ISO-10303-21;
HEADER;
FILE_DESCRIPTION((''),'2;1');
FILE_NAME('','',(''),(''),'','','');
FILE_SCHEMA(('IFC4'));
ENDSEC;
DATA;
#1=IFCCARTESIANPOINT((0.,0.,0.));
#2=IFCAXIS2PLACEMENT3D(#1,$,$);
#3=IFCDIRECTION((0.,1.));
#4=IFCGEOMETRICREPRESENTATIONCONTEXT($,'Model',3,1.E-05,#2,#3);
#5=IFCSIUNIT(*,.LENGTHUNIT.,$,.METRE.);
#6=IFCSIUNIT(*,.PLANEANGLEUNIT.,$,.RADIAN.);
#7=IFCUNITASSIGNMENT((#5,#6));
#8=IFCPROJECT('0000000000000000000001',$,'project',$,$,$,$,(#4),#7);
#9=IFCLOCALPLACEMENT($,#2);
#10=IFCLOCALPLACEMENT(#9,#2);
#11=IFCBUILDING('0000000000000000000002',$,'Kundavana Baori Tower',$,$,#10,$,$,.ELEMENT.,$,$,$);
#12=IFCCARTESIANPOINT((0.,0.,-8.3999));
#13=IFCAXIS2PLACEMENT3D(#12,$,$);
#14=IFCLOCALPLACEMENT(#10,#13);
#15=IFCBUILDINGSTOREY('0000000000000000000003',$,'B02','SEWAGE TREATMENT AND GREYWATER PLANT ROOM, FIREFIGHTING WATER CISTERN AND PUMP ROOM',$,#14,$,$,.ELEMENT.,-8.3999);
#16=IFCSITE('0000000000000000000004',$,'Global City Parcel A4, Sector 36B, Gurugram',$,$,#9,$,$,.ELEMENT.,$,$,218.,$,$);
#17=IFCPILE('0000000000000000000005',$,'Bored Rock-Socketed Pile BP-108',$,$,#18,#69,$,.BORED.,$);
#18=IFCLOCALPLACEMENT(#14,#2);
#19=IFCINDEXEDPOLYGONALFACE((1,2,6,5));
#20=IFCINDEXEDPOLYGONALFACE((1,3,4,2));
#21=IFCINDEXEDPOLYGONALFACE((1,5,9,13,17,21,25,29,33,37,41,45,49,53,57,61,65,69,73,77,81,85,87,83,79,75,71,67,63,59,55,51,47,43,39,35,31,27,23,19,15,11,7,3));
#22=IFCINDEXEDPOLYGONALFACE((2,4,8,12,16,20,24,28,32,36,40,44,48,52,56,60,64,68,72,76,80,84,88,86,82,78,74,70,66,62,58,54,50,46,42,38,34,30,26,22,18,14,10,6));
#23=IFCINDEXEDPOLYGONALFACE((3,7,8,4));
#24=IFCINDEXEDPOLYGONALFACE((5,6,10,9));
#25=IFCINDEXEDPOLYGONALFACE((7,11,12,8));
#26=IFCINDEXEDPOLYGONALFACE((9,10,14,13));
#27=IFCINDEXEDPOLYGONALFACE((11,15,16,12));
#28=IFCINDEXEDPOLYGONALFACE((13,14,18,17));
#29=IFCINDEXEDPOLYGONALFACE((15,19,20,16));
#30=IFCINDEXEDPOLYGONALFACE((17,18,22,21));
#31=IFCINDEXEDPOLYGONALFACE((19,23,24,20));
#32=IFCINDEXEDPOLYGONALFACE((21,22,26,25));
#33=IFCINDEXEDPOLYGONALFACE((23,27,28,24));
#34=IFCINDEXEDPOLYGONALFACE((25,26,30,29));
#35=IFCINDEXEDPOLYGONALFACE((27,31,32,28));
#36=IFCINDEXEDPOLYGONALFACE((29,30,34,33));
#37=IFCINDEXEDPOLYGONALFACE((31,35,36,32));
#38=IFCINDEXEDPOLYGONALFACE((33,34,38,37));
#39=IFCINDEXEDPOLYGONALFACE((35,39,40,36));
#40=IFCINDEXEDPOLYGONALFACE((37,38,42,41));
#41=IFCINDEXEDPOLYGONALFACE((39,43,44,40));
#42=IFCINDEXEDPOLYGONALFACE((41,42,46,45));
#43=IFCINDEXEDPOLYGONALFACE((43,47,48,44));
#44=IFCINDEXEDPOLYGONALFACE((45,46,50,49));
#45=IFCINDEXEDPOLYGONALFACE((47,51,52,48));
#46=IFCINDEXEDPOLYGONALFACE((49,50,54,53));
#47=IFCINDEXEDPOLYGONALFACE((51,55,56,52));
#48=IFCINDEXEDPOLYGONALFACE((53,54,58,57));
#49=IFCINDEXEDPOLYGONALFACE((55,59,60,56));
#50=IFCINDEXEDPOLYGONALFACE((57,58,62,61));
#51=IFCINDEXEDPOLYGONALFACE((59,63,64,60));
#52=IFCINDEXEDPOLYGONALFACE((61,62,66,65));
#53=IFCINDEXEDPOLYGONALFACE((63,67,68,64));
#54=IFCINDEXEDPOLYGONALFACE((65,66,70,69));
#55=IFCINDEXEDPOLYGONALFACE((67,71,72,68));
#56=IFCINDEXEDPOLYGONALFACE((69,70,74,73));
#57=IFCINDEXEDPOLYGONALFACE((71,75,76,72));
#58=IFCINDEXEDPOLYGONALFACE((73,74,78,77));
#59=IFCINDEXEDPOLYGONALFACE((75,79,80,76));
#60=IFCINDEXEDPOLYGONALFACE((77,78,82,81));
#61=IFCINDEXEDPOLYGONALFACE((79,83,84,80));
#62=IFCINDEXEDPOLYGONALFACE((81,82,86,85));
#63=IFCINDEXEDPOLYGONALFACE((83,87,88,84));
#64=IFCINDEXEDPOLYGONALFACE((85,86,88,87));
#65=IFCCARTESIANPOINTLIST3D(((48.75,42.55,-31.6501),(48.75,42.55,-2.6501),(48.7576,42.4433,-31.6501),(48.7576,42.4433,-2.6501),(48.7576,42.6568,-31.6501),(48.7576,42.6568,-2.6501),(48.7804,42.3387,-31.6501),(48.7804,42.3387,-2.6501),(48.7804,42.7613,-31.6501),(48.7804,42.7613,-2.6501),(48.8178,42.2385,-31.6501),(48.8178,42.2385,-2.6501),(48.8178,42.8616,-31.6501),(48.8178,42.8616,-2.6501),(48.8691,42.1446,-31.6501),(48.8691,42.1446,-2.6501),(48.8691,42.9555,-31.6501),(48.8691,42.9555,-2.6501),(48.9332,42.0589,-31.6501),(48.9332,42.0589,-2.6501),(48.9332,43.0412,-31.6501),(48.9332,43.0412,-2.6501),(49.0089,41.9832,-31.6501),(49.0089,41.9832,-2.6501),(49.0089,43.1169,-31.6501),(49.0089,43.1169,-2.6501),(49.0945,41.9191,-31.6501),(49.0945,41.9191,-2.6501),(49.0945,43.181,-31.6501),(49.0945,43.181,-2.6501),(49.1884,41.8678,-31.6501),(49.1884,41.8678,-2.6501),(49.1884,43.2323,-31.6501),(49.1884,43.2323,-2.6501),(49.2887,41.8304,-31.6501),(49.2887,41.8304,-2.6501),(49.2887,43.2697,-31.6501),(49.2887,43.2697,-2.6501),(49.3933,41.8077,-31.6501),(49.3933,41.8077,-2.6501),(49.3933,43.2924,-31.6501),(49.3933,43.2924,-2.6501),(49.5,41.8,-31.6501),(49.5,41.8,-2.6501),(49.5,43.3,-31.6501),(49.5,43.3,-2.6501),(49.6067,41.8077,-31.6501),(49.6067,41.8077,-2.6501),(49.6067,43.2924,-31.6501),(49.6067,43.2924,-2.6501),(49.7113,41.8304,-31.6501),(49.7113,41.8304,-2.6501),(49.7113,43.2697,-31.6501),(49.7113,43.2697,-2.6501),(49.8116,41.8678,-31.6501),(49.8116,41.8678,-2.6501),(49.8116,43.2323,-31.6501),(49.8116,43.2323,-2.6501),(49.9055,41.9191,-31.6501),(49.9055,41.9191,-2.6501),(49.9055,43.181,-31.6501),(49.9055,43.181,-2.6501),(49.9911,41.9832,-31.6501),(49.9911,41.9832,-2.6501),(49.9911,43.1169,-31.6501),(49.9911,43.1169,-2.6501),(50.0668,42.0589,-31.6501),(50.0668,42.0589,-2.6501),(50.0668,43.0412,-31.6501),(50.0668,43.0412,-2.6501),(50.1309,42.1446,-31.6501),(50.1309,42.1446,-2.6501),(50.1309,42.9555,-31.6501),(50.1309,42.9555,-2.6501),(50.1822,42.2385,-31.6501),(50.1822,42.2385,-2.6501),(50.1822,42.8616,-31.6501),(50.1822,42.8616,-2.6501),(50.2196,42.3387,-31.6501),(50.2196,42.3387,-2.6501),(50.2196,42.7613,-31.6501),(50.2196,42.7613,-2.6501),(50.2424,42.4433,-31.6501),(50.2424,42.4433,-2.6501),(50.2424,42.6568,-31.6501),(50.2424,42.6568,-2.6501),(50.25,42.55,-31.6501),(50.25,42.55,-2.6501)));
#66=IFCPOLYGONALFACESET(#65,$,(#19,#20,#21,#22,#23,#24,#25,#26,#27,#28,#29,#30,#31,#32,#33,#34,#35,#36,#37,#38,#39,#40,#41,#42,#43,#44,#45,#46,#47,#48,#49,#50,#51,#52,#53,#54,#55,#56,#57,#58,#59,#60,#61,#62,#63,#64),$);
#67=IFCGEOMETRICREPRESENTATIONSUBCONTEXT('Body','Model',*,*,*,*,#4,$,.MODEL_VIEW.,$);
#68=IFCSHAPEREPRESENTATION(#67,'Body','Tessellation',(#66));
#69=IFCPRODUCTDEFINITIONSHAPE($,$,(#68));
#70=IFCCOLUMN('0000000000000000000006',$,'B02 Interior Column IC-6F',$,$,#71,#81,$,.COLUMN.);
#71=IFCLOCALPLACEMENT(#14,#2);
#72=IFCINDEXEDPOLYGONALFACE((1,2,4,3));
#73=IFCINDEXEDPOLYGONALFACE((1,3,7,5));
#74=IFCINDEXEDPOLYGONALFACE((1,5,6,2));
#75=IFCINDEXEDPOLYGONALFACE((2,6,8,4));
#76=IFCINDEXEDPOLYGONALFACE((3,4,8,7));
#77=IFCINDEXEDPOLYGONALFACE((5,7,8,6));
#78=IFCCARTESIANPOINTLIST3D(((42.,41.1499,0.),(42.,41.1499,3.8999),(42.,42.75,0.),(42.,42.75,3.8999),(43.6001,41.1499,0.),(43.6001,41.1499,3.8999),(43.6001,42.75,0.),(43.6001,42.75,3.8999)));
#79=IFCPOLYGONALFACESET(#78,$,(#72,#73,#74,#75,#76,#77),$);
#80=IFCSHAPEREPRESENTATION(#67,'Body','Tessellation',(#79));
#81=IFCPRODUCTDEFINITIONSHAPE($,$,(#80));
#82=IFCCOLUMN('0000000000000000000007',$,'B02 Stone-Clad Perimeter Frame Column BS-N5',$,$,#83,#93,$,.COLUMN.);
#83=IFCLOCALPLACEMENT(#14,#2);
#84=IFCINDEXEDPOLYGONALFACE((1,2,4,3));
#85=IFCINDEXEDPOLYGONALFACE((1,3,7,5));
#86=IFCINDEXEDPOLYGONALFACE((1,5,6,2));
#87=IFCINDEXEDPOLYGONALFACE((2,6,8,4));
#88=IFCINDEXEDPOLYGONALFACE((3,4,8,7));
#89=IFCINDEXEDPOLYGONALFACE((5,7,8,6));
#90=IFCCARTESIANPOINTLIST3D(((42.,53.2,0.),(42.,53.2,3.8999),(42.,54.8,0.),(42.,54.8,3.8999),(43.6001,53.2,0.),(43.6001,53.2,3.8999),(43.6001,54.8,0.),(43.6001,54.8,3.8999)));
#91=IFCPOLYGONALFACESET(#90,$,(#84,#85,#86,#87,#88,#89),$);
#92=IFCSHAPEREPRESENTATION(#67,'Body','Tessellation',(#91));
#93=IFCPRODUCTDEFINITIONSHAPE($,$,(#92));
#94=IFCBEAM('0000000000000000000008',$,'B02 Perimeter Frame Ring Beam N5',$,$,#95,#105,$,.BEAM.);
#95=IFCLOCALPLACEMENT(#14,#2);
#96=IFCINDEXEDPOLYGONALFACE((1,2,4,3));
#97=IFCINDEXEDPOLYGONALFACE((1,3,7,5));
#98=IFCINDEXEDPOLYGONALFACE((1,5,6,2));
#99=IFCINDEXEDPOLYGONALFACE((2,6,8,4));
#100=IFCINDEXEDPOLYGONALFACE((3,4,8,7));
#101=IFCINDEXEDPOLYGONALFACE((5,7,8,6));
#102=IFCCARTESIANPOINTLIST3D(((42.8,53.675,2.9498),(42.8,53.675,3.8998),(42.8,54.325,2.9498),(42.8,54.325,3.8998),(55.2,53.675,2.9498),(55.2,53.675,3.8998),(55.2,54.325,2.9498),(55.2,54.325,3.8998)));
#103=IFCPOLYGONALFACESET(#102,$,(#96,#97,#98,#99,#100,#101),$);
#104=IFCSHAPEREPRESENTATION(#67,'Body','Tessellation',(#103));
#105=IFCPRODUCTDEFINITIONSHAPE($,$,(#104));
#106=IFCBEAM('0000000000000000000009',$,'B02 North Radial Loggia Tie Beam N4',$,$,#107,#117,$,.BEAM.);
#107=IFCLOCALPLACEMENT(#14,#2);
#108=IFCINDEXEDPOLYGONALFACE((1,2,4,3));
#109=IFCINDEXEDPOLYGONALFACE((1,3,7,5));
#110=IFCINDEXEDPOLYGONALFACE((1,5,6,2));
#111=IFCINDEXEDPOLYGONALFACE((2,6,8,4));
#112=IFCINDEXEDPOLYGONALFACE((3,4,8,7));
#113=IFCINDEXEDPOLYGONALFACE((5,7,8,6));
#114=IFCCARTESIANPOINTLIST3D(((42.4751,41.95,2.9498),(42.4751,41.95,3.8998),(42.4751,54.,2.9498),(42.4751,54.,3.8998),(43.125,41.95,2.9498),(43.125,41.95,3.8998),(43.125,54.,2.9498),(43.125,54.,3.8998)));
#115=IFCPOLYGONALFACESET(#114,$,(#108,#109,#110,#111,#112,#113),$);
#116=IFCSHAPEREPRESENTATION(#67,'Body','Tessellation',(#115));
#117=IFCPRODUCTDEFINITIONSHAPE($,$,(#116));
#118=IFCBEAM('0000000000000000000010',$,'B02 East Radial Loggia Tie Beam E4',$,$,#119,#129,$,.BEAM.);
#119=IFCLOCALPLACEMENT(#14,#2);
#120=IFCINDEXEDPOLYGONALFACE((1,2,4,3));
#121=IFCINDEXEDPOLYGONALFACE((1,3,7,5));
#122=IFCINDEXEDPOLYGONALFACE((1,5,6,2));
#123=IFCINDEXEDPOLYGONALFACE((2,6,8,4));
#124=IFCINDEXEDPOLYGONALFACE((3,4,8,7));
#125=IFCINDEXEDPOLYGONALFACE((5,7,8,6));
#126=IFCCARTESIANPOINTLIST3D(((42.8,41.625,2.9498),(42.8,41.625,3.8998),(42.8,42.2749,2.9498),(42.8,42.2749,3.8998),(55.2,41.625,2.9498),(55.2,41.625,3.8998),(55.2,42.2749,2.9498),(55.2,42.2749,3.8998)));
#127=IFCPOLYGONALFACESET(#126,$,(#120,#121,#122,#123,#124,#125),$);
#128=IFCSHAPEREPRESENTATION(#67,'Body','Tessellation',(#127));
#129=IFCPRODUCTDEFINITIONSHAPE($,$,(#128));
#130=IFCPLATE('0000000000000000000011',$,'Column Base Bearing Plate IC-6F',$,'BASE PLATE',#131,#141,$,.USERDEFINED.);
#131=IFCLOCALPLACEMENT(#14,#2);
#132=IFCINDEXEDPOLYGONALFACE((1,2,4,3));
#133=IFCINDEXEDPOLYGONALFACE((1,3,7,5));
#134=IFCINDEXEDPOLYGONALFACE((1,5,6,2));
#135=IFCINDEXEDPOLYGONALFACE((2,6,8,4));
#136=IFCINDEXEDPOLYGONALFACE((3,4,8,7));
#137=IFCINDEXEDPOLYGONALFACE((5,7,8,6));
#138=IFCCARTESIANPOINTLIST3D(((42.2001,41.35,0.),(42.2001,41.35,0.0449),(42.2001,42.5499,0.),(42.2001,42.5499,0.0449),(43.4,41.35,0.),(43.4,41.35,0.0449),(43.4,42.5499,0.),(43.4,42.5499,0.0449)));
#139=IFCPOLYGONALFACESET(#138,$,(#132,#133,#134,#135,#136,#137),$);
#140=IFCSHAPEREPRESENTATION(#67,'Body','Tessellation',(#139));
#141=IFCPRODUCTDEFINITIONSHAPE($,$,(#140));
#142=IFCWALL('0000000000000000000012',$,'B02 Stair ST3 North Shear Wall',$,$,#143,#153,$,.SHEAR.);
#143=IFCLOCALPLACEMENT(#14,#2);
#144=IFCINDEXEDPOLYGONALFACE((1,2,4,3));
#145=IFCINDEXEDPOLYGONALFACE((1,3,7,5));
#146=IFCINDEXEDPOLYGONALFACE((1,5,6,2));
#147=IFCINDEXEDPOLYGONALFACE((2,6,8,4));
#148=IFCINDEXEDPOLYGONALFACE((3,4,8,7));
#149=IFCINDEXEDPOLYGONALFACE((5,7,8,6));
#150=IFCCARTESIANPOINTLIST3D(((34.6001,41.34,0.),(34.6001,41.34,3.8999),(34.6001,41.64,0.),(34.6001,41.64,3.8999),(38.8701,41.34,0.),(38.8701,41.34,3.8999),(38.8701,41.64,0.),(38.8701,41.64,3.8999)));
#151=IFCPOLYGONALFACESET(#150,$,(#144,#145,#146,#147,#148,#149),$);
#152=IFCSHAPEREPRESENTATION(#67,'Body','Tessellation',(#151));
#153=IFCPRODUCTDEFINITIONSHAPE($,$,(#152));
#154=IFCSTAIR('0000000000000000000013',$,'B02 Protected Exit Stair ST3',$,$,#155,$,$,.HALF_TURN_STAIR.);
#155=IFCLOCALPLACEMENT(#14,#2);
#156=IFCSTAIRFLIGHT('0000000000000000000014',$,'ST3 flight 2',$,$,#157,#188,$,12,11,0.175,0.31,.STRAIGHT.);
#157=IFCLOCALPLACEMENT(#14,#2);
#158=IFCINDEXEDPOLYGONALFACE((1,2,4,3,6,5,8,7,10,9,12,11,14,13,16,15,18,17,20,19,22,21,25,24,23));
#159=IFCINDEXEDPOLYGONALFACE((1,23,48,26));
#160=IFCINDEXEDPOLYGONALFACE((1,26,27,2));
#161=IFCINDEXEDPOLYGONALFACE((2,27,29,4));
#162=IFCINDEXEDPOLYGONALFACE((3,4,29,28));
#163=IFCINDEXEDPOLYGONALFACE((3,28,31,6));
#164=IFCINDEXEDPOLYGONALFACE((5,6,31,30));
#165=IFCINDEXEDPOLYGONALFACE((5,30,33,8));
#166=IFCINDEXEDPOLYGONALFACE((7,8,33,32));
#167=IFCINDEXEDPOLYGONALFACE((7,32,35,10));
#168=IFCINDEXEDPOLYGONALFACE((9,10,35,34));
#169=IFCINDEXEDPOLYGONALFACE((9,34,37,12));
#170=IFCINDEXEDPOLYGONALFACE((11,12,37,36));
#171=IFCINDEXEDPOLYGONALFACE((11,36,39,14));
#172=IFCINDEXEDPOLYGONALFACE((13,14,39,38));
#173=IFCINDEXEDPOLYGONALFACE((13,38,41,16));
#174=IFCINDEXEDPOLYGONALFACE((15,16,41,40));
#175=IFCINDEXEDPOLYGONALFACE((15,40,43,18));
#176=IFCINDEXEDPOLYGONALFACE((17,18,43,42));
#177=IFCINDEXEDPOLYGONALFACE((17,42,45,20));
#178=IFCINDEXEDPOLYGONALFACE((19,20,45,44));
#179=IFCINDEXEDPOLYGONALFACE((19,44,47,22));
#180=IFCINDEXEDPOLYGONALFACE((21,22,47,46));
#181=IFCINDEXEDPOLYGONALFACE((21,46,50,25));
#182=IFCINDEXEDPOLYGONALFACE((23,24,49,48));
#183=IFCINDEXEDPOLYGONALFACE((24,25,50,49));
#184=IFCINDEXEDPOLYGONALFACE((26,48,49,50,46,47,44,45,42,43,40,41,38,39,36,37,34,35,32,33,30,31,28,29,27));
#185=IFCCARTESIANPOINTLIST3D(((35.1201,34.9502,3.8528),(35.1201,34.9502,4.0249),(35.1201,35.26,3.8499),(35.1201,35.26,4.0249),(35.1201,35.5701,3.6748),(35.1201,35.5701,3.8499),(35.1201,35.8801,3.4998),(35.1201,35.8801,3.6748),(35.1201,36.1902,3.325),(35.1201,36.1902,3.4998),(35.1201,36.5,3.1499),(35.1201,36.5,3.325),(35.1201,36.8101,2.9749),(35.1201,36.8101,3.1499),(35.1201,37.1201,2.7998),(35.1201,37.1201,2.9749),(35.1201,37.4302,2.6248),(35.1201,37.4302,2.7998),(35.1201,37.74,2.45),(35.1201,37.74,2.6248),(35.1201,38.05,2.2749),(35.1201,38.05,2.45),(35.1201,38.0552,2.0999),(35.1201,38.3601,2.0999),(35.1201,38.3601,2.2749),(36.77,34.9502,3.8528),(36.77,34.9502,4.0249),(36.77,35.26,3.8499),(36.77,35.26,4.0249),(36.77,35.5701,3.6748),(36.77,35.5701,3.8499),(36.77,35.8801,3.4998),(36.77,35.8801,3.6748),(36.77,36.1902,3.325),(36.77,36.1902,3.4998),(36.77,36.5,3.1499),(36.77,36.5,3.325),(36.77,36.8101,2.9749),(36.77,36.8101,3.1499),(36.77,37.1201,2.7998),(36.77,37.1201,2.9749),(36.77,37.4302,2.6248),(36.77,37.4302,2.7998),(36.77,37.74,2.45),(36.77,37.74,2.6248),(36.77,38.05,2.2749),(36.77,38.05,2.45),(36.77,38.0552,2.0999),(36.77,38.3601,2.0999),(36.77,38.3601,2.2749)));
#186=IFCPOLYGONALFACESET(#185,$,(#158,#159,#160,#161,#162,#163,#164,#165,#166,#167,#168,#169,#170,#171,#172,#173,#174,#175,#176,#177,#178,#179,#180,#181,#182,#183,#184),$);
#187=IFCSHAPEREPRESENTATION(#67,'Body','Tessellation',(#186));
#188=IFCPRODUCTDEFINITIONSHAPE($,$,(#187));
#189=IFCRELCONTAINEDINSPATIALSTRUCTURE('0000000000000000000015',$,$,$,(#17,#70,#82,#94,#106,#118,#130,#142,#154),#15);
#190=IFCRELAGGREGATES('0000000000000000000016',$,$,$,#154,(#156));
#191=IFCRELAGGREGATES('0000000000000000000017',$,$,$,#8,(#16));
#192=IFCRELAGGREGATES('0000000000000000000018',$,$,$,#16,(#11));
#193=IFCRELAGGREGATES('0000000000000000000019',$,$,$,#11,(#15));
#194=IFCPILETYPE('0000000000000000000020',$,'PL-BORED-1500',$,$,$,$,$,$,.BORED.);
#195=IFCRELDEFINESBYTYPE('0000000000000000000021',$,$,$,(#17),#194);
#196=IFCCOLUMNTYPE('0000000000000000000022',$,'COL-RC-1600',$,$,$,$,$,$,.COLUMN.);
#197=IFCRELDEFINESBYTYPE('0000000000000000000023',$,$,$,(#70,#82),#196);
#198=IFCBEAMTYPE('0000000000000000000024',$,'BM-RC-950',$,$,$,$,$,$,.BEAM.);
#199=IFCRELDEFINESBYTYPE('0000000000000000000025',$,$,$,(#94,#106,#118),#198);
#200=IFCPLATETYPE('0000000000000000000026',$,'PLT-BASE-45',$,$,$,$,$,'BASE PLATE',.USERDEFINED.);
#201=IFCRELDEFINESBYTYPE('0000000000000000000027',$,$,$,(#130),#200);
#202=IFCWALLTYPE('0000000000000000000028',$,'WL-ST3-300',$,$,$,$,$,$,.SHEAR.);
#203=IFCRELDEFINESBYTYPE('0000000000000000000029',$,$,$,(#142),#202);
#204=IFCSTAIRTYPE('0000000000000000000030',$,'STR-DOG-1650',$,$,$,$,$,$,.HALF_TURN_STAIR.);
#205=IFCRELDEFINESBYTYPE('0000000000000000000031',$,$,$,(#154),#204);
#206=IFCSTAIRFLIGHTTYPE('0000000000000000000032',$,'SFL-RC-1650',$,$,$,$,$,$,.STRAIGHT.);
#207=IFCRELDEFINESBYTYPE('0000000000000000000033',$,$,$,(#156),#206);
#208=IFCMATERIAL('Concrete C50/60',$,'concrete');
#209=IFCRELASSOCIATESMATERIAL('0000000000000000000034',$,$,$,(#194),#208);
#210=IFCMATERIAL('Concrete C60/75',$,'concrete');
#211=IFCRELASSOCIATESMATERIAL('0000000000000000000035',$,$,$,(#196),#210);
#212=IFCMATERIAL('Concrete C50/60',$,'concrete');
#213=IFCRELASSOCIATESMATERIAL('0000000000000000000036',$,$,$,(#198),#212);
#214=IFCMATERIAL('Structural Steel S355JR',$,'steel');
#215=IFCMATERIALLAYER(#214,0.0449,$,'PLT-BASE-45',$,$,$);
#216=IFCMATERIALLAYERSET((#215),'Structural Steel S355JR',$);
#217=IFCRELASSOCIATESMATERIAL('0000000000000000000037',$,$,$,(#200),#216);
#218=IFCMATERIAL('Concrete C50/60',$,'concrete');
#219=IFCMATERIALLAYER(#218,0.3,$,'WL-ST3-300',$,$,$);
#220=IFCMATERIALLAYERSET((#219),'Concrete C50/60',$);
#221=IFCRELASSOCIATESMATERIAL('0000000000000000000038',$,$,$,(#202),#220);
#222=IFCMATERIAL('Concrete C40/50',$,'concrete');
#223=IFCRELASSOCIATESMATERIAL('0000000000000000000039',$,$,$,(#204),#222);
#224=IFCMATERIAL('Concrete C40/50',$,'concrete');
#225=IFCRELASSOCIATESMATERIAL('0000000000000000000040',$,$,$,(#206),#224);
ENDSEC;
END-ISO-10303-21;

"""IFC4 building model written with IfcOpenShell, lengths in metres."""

from ifc_helpers import new_model, si_unit, direction, frame, frame_2d, origin, origin_2d, place, context, subcontext, project, spatial, polyline, rectangle, circle, outline, extrude, material, layer, layer_set, material_profile, profile_set, type_object, element, aggregate, save


model = new_model("IFC4")

# Units and contexts
model_context = context("Model", 3, precision=1e-05, world=origin(), true_north=direction((0.0, 1.0)))
body_context = subcontext(model_context, "Body", "Model", "MODEL_VIEW")
ifc_project = project(units=[si_unit("LENGTHUNIT", "METRE"), si_unit("PLANEANGLEUNIT", "RADIAN")], contexts=[model_context])

# Site, building, storey
site_placement = place(None, origin())
site = spatial("IfcSite", under=ifc_project, at=site_placement, Name="Global City Parcel A4, Sector 36B, Gurugram", CompositionType="ELEMENT", RefElevation=218.0)
building_placement = place(site_placement, origin())
building = spatial("IfcBuilding", under=site, at=building_placement, Name="Kundavana Baori Tower", CompositionType="ELEMENT")
storey_placement = place(building_placement, frame((0.0, 0.0, -8.3999)))
storey = spatial("IfcBuildingStorey", under=building, at=storey_placement, Name="B02", Description="SEWAGE TREATMENT AND GREYWATER PLANT ROOM, FIREFIGHTING WATER CISTERN AND PUMP ROOM", CompositionType="ELEMENT", Elevation=-8.3999)

# Pile
ifc_material_1 = material(Name="Concrete C50/60", Category="concrete")
ifc_material_profile_1 = material_profile(ifc_material_1, circle(Radius=0.75, at=origin_2d()), Name="BORED PILE D1500")
ifc_profile_set_1 = profile_set([ifc_material_profile_1], Name="Concrete C50/60")
pile_type_1 = type_object("IfcPileType", Name="PL-BORED-1500", PredefinedType="BORED", material=ifc_profile_set_1)
for number, where, z_axis, x_axis, name in (
    (1, (49.5, 42.55, -2.6501), (0.0, 0.0, -1.0), (1.0, 0.0, 0.0), "Bored Rock-Socketed Pile BP-108"),
):
    element("IfcPile", number, at=place(storey_placement, frame(where, z_axis=z_axis, x_axis=x_axis)), inside=storey, type_object=pile_type_1, Name=name, PredefinedType="BORED", context=body_context, shape_type="SweptSolid", body=[
        extrude(circle(Radius=0.75, at=origin_2d()), origin(), (0.0, 0.0, 1.0), 29.0),
    ])

# Columns
ifc_material_2 = material(Name="Concrete C60/75", Category="concrete")
ifc_material_profile_2 = material_profile(ifc_material_2, rectangle(XDim=1.6001, YDim=1.6001, at=origin_2d()), Name="RC 1600x1600")
ifc_profile_set_2 = profile_set([ifc_material_profile_2], Name="Concrete C60/75")
column_type = type_object("IfcColumnType", Name="COL-RC-1600", PredefinedType="COLUMN", material=ifc_profile_set_2)
for number, where, z_axis, x_axis, name in (
    (2, (42.8, 41.95, 0.0), (0.0, 0.0, 1.0), (1.0, 0.0, 0.0), "B02 Interior Column IC-6F"),
    (3, (42.8, 54.0, 0.0), (0.0, 0.0, 1.0), (1.0, 0.0, 0.0), "B02 Stone-Clad Perimeter Frame Column BS-N5"),
):
    element("IfcColumn", number, at=place(storey_placement, frame(where, z_axis=z_axis, x_axis=x_axis)), inside=storey, type_object=column_type, Name=name, PredefinedType="COLUMN", context=body_context, shape_type="SweptSolid", body=[
        extrude(rectangle(XDim=1.6001, YDim=1.6001, at=origin_2d()), origin(), (0.0, 0.0, 1.0), 3.8999),
    ])

# Beams
ifc_material_3 = material(Name="Concrete C50/60", Category="concrete")
ifc_material_profile_3 = material_profile(ifc_material_3, rectangle(XDim=0.6499, YDim=0.95, at=origin_2d()), Name="RC BM 650x950")
ifc_profile_set_3 = profile_set([ifc_material_profile_3], Name="Concrete C50/60")
beam_type = type_object("IfcBeamType", Name="BM-RC-950", PredefinedType="BEAM", material=ifc_profile_set_3)
beam_1_placement = place(storey_placement, frame((42.8, 54.0, 3.4248), z_axis=(1.0, 0.0, 0.0), x_axis=(0.0, 1.0, 0.0)))
element("IfcBeam", 4, at=beam_1_placement, inside=storey, type_object=beam_type, Name="B02 Perimeter Frame Ring Beam N5", PredefinedType="BEAM", context=body_context, shape_type="SweptSolid", body=[
    extrude(rectangle(XDim=0.6499, YDim=0.95, at=origin_2d()), origin(), (0.0, 0.0, 1.0), 12.3999),
])
beam_2_placement = place(storey_placement, frame((42.8, 41.95, 3.4248), z_axis=(0.0, 1.0, 0.0), x_axis=(-1.0, 0.0, 0.0)))
element("IfcBeam", 5, at=beam_2_placement, inside=storey, type_object=beam_type, Name="B02 North Radial Loggia Tie Beam N4", PredefinedType="BEAM", context=body_context, shape_type="SweptSolid", body=[
    extrude(rectangle(XDim=0.6499, YDim=0.95, at=origin_2d()), origin(), (0.0, 0.0, 1.0), 12.05),
])
beam_3_placement = place(storey_placement, frame((42.8, 41.95, 3.4248), z_axis=(1.0, 0.0, 0.0), x_axis=(0.0, 1.0, 0.0)))
element("IfcBeam", 6, at=beam_3_placement, inside=storey, type_object=beam_type, Name="B02 East Radial Loggia Tie Beam E4", PredefinedType="BEAM", context=body_context, shape_type="SweptSolid", body=[
    extrude(rectangle(XDim=0.6499, YDim=0.95, at=origin_2d()), origin(), (0.0, 0.0, 1.0), 12.3999),
])

# Plate
ifc_material_4 = material(Name="Structural Steel S355JR", Category="steel")
ifc_layer_1 = layer(ifc_material_4, 0.0449, Name="PLT-BASE-45")
ifc_layer_set_1 = layer_set([ifc_layer_1], Name="Structural Steel S355JR")
plate_type = type_object("IfcPlateType", Name="PLT-BASE-45", ElementType="BASE PLATE", PredefinedType="USERDEFINED", material=ifc_layer_set_1)
plate_placement = place(storey_placement, frame((42.8, 41.95, 0.0), z_axis=(0.0, 0.0, 1.0), x_axis=(1.0, 0.0, 0.0)))
element("IfcPlate", 7, at=plate_placement, inside=storey, type_object=plate_type, Name="Column Base Bearing Plate IC-6F", ObjectType="BASE PLATE", PredefinedType="USERDEFINED", context=body_context, shape_type="SweptSolid", body=[
    extrude(rectangle(XDim=1.2, YDim=1.2, at=origin_2d()), origin(), (0.0, 0.0, 1.0), 0.0449),
])

# Wall
ifc_material_5 = material(Name="Concrete C50/60", Category="concrete")
ifc_layer_2 = layer(ifc_material_5, 0.3, Name="WL-ST3-300")
ifc_layer_set_2 = layer_set([ifc_layer_2], Name="Concrete C50/60")
wall_type = type_object("IfcWallType", Name="WL-ST3-300", PredefinedType="SHEAR", material=ifc_layer_set_2)
wall_placement = place(storey_placement, frame((34.6001, 41.49, 0.0), z_axis=(0.0, 0.0, 1.0), x_axis=(1.0, 0.0, 0.0)))
element("IfcWall", 8, at=wall_placement, inside=storey, type_object=wall_type, Name="B02 Stair ST3 North Shear Wall", PredefinedType="SHEAR", context=body_context, shape_type="SweptSolid", body=[
    extrude(rectangle(XDim=4.27, YDim=0.3, at=frame_2d((2.135, 0.0))), origin(), (0.0, 0.0, 1.0), 3.8999),
])

# Stair, stair flight
ifc_material_6 = material(Name="Concrete C40/50", Category="concrete")
stair_type = type_object("IfcStairType", Name="STR-DOG-1650", PredefinedType="HALF_TURN_STAIR", material=ifc_material_6)
stair_placement = place(storey_placement, origin())
stair = element("IfcStair", 9, at=stair_placement, inside=storey, type_object=stair_type, Name="B02 Protected Exit Stair ST3", PredefinedType="HALF_TURN_STAIR")
ifc_material_7 = material(Name="Concrete C40/50", Category="concrete")
stair_flight_type = type_object("IfcStairFlightType", Name="SFL-RC-1650", PredefinedType="STRAIGHT", material=ifc_material_7)
stair_flight_placement = place(storey_placement, frame((35.9451, 38.3601, 2.0999), z_axis=(0.0, 0.0, 1.0), x_axis=(0.0, -1.0, 0.0)))
stair_flight = element("IfcStairFlight", 10, at=stair_flight_placement, type_object=stair_flight_type, Name="ST3 flight 2", NumberOfRisers=12, NumberOfTreads=11, PredefinedType="STRAIGHT", RiserHeight=0.175, TreadLength=0.31, context=body_context, shape_type="SweptSolid", body=[
    extrude(outline(polyline([(0.0, 0.0), (0.0, 0.175), (0.3101, 0.175), (0.3101, 0.3501), (0.6201, 0.3501), (0.6201, 0.5249), (0.9299, 0.5249), (0.9299, 0.7), (1.24, 0.7), (1.24, 0.875), (1.55, 0.875), (1.55, 1.05), (1.8601, 1.05), (1.8601, 1.2251), (2.1699, 1.2251), (2.1699, 1.3999), (2.48, 1.3999), (2.48, 1.575), (2.79, 1.575), (2.79, 1.75), (3.1001, 1.75), (3.1001, 1.925), (3.4099, 1.925), (3.4099, 2.1001), (3.4099, 1.7529), (0.3049, 0.0), (0.0, 0.0)])), frame((0.0, 0.825, 0.0), z_axis=(0.0, -1.0, 0.0), x_axis=(1.0, 0.0, 0.0)), (0.0, 0.0, 1.0), 1.6499),
])
aggregate(stair, [stair_flight])

save(model, "model.ifc")
